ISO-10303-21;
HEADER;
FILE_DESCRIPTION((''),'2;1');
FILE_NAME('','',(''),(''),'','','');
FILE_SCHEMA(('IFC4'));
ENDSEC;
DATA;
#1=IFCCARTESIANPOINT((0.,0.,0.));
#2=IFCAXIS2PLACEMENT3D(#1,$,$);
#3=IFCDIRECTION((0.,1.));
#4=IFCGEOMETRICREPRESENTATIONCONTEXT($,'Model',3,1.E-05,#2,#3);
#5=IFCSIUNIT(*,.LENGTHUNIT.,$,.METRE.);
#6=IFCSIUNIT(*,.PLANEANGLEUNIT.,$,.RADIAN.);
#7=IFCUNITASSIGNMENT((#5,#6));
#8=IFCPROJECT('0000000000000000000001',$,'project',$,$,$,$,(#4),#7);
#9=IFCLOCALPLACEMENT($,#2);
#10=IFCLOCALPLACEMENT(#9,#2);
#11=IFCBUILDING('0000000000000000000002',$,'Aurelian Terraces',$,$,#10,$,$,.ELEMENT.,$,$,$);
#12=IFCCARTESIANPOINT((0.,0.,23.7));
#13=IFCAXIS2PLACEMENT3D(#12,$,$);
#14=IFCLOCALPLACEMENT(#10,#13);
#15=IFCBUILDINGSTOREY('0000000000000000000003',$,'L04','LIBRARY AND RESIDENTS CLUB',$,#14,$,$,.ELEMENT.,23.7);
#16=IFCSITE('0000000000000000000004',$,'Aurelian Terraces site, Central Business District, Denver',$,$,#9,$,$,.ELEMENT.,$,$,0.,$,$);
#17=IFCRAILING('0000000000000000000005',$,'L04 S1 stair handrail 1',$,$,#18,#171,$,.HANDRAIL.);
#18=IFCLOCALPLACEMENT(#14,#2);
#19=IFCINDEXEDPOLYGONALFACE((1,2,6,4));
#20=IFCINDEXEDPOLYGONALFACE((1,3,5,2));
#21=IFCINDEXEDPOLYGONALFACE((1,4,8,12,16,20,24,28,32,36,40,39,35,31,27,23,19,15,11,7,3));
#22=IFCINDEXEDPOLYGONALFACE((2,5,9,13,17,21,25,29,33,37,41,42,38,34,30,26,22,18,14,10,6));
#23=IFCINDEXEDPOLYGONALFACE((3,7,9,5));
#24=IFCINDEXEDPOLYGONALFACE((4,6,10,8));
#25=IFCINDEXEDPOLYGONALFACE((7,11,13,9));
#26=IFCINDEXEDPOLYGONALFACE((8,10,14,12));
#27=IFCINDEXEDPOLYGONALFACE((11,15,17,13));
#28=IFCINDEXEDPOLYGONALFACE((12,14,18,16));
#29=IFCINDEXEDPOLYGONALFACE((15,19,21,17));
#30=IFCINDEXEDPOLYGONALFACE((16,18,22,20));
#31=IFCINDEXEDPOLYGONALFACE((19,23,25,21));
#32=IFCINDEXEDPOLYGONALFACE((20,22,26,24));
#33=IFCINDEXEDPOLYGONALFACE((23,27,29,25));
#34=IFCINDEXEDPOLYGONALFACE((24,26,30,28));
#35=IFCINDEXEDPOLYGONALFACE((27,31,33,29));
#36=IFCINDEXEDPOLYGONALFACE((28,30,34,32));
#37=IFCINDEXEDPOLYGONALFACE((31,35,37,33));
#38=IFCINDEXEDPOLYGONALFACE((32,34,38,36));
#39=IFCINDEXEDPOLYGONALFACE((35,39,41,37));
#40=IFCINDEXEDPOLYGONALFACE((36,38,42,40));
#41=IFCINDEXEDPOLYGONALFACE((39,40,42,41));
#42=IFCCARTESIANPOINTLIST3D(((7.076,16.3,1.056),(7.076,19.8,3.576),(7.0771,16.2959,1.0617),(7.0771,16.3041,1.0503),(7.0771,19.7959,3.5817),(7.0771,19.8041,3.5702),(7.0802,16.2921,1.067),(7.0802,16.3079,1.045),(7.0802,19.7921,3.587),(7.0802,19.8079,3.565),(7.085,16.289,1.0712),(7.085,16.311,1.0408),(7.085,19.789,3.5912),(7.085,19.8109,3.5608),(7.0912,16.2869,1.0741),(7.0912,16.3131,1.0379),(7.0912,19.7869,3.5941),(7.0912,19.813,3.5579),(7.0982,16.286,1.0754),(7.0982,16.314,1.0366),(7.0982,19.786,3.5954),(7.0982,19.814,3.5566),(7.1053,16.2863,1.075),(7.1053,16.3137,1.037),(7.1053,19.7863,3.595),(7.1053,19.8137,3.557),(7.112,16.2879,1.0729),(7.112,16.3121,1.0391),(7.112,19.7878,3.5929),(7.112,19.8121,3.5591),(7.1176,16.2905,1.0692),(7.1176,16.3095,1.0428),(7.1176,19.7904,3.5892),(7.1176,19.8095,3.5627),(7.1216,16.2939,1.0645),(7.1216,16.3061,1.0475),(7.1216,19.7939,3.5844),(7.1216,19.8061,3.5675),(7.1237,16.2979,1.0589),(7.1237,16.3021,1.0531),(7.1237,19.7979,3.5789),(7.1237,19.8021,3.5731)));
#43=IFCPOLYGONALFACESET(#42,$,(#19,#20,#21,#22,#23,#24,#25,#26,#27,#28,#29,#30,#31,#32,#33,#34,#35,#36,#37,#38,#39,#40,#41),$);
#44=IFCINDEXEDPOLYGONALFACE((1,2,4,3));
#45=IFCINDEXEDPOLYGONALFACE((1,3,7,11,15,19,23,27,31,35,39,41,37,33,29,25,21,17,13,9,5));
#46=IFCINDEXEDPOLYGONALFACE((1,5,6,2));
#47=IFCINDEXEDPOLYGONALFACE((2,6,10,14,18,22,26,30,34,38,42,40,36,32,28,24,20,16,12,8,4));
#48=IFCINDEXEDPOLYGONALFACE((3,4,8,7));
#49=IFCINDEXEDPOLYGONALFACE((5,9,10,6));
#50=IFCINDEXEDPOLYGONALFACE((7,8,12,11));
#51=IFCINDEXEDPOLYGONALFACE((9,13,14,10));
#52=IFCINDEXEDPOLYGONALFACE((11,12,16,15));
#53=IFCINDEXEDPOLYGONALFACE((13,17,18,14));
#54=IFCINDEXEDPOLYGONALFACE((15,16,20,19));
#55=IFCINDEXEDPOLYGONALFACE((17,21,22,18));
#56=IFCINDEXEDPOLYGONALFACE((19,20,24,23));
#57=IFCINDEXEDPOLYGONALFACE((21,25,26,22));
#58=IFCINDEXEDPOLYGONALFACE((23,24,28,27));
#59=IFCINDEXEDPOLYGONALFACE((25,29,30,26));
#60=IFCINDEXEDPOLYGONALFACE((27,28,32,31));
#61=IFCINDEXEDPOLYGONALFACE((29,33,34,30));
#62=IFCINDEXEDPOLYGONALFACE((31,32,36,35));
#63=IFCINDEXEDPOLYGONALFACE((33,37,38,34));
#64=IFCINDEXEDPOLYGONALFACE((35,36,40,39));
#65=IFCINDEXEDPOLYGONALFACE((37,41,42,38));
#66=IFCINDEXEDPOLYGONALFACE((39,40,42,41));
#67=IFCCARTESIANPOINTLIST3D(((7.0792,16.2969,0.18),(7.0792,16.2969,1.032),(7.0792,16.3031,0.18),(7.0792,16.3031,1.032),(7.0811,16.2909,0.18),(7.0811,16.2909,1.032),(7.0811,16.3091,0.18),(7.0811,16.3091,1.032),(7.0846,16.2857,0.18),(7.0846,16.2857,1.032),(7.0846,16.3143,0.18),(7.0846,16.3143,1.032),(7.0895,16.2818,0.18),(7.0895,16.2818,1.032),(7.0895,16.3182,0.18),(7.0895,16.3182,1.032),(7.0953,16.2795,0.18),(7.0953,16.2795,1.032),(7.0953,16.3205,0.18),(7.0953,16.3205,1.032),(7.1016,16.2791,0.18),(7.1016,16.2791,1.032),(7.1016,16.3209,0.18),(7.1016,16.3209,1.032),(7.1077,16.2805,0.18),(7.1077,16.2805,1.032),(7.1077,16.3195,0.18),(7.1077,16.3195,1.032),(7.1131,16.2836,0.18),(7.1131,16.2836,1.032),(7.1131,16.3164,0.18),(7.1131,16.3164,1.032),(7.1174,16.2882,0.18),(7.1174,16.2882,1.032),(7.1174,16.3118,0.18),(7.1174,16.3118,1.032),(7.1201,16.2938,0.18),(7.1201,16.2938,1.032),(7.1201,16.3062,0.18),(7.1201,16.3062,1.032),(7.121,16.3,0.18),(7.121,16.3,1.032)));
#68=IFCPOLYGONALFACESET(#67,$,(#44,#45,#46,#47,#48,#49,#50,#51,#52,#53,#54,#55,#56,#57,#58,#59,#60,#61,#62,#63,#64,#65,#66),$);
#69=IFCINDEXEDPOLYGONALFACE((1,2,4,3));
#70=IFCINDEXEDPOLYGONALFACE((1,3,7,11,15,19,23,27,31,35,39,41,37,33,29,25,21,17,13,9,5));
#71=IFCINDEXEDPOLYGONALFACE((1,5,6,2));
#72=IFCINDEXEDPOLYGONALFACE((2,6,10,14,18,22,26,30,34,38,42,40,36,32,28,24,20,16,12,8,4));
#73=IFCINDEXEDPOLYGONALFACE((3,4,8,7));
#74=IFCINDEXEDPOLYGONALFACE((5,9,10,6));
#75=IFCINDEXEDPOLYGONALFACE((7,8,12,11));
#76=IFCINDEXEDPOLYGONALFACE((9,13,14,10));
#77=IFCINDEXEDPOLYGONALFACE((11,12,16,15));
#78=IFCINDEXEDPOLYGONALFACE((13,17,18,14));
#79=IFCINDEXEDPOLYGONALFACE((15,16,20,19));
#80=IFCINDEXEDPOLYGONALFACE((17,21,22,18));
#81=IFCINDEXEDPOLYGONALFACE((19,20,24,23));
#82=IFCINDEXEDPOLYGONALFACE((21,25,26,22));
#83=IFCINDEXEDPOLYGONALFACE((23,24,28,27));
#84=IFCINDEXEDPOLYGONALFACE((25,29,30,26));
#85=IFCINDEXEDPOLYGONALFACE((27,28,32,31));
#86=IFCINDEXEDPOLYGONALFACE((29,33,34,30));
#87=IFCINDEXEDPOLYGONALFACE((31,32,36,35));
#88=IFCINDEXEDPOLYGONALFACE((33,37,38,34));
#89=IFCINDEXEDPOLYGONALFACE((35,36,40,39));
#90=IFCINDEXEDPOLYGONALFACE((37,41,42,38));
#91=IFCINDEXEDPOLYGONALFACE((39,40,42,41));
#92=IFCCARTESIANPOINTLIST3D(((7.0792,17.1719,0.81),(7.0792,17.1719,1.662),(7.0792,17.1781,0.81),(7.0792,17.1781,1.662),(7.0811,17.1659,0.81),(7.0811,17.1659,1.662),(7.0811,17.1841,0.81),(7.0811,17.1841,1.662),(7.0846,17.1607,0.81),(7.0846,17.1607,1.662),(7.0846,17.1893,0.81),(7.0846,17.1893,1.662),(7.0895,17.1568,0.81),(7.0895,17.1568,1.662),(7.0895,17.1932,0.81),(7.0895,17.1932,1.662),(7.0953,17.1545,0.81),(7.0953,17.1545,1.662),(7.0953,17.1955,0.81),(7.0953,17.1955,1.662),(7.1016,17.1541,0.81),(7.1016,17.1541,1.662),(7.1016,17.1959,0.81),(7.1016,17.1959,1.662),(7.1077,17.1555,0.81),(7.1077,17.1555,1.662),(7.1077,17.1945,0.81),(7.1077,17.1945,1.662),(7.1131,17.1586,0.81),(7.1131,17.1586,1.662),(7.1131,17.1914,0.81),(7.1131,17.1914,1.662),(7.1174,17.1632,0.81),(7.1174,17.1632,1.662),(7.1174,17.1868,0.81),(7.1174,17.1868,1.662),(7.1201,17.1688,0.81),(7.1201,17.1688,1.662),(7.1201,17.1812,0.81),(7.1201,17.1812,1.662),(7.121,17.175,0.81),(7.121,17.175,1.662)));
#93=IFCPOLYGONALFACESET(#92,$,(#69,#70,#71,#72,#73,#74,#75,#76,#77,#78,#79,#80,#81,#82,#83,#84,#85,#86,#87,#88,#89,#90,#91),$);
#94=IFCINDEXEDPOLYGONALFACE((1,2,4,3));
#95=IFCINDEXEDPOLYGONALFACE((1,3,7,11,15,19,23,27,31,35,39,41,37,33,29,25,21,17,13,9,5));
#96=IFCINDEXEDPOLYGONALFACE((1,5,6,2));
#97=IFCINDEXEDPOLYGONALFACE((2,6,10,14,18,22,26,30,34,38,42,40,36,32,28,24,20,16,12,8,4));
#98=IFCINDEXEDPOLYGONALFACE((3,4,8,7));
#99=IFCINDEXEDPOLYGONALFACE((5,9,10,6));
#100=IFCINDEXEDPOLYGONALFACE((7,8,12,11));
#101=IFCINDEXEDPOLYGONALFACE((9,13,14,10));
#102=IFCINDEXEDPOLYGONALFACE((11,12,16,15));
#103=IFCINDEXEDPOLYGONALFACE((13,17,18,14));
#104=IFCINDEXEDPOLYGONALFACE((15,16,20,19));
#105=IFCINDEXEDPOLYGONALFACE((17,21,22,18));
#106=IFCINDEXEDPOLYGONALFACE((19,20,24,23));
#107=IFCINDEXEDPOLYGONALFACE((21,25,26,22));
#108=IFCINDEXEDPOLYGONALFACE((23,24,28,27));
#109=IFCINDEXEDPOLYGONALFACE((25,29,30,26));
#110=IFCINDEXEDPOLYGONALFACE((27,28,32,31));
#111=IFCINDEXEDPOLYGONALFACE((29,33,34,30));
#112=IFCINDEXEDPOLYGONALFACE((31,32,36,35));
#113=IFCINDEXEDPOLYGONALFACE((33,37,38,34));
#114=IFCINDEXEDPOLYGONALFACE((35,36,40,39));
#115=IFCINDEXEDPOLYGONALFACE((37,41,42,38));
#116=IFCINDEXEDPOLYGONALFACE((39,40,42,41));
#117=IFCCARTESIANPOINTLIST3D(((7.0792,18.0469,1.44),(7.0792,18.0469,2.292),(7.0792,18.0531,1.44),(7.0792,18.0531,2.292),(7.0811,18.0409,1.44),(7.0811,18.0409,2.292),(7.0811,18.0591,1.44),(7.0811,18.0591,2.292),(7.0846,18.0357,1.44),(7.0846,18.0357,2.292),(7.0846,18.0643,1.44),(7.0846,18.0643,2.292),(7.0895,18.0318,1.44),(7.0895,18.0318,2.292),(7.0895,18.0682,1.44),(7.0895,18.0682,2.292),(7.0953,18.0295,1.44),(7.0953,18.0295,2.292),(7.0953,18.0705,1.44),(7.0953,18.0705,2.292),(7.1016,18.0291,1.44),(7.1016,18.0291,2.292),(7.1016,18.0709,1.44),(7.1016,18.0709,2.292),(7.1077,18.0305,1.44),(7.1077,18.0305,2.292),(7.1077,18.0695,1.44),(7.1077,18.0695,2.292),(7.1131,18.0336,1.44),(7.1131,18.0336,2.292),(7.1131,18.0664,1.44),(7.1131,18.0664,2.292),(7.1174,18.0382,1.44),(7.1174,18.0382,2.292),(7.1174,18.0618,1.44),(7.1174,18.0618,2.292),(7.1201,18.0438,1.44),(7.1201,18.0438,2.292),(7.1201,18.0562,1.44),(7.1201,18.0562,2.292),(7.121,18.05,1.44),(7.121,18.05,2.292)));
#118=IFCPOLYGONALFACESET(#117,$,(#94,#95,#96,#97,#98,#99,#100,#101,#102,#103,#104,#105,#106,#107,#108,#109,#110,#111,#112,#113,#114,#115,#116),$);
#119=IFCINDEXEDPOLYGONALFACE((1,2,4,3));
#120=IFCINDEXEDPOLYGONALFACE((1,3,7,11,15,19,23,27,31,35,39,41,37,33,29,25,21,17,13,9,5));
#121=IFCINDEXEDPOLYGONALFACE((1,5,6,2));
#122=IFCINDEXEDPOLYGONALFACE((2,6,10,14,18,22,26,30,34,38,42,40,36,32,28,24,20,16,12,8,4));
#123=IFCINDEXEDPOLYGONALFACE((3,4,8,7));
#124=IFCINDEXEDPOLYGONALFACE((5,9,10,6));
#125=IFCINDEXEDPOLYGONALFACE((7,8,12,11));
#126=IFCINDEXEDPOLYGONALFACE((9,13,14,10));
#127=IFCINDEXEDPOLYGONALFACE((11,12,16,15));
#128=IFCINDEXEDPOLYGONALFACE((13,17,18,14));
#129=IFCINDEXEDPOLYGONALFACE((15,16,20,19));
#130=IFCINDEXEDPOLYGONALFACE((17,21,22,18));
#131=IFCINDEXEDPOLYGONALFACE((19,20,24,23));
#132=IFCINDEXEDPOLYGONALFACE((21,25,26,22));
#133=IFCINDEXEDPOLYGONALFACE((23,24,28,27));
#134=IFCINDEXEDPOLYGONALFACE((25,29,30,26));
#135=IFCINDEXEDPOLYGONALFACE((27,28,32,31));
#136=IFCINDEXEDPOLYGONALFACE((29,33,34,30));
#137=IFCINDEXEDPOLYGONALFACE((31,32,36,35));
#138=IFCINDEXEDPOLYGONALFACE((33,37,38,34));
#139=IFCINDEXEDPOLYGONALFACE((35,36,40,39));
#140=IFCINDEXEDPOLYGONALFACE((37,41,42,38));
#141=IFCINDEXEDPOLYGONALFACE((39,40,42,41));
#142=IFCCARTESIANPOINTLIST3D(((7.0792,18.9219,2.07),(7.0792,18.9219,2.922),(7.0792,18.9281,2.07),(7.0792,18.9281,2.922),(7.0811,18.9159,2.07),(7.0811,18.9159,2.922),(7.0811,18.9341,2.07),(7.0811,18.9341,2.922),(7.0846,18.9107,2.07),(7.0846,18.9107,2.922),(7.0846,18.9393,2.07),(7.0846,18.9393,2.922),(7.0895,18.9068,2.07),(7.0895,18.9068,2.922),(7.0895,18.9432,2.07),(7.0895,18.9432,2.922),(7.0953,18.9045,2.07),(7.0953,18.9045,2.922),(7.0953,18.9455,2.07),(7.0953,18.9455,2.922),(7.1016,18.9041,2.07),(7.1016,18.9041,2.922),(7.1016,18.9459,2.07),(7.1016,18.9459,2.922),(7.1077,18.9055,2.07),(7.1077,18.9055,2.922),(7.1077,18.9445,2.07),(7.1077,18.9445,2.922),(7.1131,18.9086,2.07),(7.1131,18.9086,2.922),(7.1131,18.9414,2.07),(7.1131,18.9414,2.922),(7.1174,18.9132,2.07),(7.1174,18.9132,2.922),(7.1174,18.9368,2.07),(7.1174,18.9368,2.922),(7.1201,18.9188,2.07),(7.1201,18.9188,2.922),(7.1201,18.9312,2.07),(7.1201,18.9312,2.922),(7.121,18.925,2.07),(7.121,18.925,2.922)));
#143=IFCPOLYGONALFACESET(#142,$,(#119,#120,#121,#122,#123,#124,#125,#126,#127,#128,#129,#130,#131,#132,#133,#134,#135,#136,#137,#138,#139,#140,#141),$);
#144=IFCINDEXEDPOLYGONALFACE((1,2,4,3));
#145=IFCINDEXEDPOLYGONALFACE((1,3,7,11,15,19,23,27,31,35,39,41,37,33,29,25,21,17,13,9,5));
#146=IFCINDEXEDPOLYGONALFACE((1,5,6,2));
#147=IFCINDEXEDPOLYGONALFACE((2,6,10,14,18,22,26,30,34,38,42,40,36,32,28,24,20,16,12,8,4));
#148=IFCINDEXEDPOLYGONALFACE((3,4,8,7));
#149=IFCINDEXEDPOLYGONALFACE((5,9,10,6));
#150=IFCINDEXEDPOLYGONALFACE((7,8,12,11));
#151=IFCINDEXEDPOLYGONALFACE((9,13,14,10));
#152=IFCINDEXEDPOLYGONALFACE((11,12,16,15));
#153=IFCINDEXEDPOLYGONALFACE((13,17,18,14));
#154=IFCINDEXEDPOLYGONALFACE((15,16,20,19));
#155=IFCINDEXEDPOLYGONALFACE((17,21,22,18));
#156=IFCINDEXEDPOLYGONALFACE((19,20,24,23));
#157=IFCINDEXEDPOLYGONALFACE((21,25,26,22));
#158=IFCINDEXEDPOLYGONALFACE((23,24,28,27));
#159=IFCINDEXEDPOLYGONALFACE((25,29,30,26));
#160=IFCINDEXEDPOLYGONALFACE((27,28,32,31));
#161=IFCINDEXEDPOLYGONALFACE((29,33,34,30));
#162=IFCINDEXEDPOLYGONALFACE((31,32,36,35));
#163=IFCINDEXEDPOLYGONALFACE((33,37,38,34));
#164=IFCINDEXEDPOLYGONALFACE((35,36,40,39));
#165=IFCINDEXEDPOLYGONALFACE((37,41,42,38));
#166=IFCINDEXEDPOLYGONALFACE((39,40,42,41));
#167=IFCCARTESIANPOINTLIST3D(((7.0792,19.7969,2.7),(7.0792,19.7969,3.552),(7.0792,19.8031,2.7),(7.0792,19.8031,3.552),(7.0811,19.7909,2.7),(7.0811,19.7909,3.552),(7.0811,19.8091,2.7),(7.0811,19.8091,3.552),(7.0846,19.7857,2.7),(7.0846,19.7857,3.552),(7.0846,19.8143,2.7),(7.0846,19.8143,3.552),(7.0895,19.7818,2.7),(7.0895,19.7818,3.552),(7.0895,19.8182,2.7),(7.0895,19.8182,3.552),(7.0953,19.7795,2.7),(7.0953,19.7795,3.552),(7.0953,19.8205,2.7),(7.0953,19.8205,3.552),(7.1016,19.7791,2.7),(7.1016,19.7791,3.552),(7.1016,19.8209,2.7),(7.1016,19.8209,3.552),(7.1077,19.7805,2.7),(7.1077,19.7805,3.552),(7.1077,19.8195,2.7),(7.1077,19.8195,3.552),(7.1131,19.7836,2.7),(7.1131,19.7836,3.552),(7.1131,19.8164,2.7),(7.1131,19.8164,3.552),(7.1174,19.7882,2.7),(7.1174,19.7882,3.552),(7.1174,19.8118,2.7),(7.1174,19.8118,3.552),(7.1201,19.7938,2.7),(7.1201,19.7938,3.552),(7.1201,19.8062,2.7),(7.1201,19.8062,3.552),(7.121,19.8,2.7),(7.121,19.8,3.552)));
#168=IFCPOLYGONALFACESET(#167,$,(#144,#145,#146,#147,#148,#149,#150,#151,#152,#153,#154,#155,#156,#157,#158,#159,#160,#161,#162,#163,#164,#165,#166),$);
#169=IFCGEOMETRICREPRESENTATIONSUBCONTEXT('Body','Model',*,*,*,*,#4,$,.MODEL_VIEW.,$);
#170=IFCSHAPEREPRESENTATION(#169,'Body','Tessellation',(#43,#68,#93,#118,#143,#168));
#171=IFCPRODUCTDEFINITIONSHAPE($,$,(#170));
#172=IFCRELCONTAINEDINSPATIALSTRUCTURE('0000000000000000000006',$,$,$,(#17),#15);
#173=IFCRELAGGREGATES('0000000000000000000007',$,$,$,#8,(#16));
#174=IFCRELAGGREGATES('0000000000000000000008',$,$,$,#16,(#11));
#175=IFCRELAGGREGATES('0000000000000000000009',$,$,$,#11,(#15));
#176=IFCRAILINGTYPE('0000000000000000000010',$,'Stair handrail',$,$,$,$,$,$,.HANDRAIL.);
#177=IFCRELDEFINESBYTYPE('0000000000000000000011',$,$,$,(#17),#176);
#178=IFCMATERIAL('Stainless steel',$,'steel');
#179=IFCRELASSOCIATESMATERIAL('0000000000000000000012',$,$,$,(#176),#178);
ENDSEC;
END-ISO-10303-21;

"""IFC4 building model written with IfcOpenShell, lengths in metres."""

from ifc_helpers import new_model, si_unit, direction, frame, origin, origin_2d, place, context, subcontext, project, spatial, circle, extrude, source, transform, mapped, material, type_object, element, save


model = new_model("IFC4")

# Units and contexts
model_context = context("Model", 3, precision=1e-05, world=origin(), true_north=direction((0.0, 1.0)))
body_context = subcontext(model_context, "Body", "Model", "MODEL_VIEW")
ifc_project = project(units=[si_unit("LENGTHUNIT", "METRE"), si_unit("PLANEANGLEUNIT", "RADIAN")], contexts=[model_context])

# Site, building, storey
site_placement = place(None, origin())
site = spatial("IfcSite", under=ifc_project, at=site_placement, Name="Aurelian Terraces site, Central Business District, Denver", CompositionType="ELEMENT", RefElevation=0.0)
building_placement = place(site_placement, origin())
building = spatial("IfcBuilding", under=site, at=building_placement, Name="Aurelian Terraces", CompositionType="ELEMENT")
storey_placement = place(building_placement, frame((0.0, 0.0, 23.7)))
storey = spatial("IfcBuildingStorey", under=building, at=storey_placement, Name="L04", Description="LIBRARY AND RESIDENTS CLUB", CompositionType="ELEMENT", Elevation=23.7)

# Railing
ifc_material_1 = material(Name="Stainless steel", Category="steel")
railing_type_1 = type_object("IfcRailingType", Name="Stair handrail", PredefinedType="HANDRAIL", material=ifc_material_1)
shared_shape_1 = source(origin(), body_context, "Body", "SweptSolid", [
    extrude(circle(Radius=0.024, at=origin_2d()), frame((0.0, 0.0, 0.876), z_axis=(0.0, 0.811534, 0.584305), x_axis=(-1.0, 0.0, 0.0)), (0.0, 0.0, 1.0), 4.3128),
    extrude(circle(Radius=0.021, at=origin_2d()), origin(), (0.0, 0.0, 1.0), 0.852),
    extrude(circle(Radius=0.021, at=origin_2d()), frame((0.0, 0.875, 0.63)), (0.0, 0.0, 1.0), 0.852),
    extrude(circle(Radius=0.021, at=origin_2d()), frame((0.0, 1.75, 1.26)), (0.0, 0.0, 1.0), 0.852),
    extrude(circle(Radius=0.021, at=origin_2d()), frame((0.0, 2.625, 1.89)), (0.0, 0.0, 1.0), 0.852),
    extrude(circle(Radius=0.021, at=origin_2d()), frame((0.0, 3.5, 2.52)), (0.0, 0.0, 1.0), 0.852),
])
railing_1_placement = place(storey_placement, frame((7.1, 16.3, 0.18)))
element("IfcRailing", 1, at=railing_1_placement, inside=storey, type_object=railing_type_1, Name="L04 S1 stair handrail 1", PredefinedType="HANDRAIL", context=body_context, shape_type="MappedRepresentation", body=[
    mapped(shared_shape_1, transform((0.0, 0.0, 0.0), scale=1.0)),
])

save(model, "model.ifc")
